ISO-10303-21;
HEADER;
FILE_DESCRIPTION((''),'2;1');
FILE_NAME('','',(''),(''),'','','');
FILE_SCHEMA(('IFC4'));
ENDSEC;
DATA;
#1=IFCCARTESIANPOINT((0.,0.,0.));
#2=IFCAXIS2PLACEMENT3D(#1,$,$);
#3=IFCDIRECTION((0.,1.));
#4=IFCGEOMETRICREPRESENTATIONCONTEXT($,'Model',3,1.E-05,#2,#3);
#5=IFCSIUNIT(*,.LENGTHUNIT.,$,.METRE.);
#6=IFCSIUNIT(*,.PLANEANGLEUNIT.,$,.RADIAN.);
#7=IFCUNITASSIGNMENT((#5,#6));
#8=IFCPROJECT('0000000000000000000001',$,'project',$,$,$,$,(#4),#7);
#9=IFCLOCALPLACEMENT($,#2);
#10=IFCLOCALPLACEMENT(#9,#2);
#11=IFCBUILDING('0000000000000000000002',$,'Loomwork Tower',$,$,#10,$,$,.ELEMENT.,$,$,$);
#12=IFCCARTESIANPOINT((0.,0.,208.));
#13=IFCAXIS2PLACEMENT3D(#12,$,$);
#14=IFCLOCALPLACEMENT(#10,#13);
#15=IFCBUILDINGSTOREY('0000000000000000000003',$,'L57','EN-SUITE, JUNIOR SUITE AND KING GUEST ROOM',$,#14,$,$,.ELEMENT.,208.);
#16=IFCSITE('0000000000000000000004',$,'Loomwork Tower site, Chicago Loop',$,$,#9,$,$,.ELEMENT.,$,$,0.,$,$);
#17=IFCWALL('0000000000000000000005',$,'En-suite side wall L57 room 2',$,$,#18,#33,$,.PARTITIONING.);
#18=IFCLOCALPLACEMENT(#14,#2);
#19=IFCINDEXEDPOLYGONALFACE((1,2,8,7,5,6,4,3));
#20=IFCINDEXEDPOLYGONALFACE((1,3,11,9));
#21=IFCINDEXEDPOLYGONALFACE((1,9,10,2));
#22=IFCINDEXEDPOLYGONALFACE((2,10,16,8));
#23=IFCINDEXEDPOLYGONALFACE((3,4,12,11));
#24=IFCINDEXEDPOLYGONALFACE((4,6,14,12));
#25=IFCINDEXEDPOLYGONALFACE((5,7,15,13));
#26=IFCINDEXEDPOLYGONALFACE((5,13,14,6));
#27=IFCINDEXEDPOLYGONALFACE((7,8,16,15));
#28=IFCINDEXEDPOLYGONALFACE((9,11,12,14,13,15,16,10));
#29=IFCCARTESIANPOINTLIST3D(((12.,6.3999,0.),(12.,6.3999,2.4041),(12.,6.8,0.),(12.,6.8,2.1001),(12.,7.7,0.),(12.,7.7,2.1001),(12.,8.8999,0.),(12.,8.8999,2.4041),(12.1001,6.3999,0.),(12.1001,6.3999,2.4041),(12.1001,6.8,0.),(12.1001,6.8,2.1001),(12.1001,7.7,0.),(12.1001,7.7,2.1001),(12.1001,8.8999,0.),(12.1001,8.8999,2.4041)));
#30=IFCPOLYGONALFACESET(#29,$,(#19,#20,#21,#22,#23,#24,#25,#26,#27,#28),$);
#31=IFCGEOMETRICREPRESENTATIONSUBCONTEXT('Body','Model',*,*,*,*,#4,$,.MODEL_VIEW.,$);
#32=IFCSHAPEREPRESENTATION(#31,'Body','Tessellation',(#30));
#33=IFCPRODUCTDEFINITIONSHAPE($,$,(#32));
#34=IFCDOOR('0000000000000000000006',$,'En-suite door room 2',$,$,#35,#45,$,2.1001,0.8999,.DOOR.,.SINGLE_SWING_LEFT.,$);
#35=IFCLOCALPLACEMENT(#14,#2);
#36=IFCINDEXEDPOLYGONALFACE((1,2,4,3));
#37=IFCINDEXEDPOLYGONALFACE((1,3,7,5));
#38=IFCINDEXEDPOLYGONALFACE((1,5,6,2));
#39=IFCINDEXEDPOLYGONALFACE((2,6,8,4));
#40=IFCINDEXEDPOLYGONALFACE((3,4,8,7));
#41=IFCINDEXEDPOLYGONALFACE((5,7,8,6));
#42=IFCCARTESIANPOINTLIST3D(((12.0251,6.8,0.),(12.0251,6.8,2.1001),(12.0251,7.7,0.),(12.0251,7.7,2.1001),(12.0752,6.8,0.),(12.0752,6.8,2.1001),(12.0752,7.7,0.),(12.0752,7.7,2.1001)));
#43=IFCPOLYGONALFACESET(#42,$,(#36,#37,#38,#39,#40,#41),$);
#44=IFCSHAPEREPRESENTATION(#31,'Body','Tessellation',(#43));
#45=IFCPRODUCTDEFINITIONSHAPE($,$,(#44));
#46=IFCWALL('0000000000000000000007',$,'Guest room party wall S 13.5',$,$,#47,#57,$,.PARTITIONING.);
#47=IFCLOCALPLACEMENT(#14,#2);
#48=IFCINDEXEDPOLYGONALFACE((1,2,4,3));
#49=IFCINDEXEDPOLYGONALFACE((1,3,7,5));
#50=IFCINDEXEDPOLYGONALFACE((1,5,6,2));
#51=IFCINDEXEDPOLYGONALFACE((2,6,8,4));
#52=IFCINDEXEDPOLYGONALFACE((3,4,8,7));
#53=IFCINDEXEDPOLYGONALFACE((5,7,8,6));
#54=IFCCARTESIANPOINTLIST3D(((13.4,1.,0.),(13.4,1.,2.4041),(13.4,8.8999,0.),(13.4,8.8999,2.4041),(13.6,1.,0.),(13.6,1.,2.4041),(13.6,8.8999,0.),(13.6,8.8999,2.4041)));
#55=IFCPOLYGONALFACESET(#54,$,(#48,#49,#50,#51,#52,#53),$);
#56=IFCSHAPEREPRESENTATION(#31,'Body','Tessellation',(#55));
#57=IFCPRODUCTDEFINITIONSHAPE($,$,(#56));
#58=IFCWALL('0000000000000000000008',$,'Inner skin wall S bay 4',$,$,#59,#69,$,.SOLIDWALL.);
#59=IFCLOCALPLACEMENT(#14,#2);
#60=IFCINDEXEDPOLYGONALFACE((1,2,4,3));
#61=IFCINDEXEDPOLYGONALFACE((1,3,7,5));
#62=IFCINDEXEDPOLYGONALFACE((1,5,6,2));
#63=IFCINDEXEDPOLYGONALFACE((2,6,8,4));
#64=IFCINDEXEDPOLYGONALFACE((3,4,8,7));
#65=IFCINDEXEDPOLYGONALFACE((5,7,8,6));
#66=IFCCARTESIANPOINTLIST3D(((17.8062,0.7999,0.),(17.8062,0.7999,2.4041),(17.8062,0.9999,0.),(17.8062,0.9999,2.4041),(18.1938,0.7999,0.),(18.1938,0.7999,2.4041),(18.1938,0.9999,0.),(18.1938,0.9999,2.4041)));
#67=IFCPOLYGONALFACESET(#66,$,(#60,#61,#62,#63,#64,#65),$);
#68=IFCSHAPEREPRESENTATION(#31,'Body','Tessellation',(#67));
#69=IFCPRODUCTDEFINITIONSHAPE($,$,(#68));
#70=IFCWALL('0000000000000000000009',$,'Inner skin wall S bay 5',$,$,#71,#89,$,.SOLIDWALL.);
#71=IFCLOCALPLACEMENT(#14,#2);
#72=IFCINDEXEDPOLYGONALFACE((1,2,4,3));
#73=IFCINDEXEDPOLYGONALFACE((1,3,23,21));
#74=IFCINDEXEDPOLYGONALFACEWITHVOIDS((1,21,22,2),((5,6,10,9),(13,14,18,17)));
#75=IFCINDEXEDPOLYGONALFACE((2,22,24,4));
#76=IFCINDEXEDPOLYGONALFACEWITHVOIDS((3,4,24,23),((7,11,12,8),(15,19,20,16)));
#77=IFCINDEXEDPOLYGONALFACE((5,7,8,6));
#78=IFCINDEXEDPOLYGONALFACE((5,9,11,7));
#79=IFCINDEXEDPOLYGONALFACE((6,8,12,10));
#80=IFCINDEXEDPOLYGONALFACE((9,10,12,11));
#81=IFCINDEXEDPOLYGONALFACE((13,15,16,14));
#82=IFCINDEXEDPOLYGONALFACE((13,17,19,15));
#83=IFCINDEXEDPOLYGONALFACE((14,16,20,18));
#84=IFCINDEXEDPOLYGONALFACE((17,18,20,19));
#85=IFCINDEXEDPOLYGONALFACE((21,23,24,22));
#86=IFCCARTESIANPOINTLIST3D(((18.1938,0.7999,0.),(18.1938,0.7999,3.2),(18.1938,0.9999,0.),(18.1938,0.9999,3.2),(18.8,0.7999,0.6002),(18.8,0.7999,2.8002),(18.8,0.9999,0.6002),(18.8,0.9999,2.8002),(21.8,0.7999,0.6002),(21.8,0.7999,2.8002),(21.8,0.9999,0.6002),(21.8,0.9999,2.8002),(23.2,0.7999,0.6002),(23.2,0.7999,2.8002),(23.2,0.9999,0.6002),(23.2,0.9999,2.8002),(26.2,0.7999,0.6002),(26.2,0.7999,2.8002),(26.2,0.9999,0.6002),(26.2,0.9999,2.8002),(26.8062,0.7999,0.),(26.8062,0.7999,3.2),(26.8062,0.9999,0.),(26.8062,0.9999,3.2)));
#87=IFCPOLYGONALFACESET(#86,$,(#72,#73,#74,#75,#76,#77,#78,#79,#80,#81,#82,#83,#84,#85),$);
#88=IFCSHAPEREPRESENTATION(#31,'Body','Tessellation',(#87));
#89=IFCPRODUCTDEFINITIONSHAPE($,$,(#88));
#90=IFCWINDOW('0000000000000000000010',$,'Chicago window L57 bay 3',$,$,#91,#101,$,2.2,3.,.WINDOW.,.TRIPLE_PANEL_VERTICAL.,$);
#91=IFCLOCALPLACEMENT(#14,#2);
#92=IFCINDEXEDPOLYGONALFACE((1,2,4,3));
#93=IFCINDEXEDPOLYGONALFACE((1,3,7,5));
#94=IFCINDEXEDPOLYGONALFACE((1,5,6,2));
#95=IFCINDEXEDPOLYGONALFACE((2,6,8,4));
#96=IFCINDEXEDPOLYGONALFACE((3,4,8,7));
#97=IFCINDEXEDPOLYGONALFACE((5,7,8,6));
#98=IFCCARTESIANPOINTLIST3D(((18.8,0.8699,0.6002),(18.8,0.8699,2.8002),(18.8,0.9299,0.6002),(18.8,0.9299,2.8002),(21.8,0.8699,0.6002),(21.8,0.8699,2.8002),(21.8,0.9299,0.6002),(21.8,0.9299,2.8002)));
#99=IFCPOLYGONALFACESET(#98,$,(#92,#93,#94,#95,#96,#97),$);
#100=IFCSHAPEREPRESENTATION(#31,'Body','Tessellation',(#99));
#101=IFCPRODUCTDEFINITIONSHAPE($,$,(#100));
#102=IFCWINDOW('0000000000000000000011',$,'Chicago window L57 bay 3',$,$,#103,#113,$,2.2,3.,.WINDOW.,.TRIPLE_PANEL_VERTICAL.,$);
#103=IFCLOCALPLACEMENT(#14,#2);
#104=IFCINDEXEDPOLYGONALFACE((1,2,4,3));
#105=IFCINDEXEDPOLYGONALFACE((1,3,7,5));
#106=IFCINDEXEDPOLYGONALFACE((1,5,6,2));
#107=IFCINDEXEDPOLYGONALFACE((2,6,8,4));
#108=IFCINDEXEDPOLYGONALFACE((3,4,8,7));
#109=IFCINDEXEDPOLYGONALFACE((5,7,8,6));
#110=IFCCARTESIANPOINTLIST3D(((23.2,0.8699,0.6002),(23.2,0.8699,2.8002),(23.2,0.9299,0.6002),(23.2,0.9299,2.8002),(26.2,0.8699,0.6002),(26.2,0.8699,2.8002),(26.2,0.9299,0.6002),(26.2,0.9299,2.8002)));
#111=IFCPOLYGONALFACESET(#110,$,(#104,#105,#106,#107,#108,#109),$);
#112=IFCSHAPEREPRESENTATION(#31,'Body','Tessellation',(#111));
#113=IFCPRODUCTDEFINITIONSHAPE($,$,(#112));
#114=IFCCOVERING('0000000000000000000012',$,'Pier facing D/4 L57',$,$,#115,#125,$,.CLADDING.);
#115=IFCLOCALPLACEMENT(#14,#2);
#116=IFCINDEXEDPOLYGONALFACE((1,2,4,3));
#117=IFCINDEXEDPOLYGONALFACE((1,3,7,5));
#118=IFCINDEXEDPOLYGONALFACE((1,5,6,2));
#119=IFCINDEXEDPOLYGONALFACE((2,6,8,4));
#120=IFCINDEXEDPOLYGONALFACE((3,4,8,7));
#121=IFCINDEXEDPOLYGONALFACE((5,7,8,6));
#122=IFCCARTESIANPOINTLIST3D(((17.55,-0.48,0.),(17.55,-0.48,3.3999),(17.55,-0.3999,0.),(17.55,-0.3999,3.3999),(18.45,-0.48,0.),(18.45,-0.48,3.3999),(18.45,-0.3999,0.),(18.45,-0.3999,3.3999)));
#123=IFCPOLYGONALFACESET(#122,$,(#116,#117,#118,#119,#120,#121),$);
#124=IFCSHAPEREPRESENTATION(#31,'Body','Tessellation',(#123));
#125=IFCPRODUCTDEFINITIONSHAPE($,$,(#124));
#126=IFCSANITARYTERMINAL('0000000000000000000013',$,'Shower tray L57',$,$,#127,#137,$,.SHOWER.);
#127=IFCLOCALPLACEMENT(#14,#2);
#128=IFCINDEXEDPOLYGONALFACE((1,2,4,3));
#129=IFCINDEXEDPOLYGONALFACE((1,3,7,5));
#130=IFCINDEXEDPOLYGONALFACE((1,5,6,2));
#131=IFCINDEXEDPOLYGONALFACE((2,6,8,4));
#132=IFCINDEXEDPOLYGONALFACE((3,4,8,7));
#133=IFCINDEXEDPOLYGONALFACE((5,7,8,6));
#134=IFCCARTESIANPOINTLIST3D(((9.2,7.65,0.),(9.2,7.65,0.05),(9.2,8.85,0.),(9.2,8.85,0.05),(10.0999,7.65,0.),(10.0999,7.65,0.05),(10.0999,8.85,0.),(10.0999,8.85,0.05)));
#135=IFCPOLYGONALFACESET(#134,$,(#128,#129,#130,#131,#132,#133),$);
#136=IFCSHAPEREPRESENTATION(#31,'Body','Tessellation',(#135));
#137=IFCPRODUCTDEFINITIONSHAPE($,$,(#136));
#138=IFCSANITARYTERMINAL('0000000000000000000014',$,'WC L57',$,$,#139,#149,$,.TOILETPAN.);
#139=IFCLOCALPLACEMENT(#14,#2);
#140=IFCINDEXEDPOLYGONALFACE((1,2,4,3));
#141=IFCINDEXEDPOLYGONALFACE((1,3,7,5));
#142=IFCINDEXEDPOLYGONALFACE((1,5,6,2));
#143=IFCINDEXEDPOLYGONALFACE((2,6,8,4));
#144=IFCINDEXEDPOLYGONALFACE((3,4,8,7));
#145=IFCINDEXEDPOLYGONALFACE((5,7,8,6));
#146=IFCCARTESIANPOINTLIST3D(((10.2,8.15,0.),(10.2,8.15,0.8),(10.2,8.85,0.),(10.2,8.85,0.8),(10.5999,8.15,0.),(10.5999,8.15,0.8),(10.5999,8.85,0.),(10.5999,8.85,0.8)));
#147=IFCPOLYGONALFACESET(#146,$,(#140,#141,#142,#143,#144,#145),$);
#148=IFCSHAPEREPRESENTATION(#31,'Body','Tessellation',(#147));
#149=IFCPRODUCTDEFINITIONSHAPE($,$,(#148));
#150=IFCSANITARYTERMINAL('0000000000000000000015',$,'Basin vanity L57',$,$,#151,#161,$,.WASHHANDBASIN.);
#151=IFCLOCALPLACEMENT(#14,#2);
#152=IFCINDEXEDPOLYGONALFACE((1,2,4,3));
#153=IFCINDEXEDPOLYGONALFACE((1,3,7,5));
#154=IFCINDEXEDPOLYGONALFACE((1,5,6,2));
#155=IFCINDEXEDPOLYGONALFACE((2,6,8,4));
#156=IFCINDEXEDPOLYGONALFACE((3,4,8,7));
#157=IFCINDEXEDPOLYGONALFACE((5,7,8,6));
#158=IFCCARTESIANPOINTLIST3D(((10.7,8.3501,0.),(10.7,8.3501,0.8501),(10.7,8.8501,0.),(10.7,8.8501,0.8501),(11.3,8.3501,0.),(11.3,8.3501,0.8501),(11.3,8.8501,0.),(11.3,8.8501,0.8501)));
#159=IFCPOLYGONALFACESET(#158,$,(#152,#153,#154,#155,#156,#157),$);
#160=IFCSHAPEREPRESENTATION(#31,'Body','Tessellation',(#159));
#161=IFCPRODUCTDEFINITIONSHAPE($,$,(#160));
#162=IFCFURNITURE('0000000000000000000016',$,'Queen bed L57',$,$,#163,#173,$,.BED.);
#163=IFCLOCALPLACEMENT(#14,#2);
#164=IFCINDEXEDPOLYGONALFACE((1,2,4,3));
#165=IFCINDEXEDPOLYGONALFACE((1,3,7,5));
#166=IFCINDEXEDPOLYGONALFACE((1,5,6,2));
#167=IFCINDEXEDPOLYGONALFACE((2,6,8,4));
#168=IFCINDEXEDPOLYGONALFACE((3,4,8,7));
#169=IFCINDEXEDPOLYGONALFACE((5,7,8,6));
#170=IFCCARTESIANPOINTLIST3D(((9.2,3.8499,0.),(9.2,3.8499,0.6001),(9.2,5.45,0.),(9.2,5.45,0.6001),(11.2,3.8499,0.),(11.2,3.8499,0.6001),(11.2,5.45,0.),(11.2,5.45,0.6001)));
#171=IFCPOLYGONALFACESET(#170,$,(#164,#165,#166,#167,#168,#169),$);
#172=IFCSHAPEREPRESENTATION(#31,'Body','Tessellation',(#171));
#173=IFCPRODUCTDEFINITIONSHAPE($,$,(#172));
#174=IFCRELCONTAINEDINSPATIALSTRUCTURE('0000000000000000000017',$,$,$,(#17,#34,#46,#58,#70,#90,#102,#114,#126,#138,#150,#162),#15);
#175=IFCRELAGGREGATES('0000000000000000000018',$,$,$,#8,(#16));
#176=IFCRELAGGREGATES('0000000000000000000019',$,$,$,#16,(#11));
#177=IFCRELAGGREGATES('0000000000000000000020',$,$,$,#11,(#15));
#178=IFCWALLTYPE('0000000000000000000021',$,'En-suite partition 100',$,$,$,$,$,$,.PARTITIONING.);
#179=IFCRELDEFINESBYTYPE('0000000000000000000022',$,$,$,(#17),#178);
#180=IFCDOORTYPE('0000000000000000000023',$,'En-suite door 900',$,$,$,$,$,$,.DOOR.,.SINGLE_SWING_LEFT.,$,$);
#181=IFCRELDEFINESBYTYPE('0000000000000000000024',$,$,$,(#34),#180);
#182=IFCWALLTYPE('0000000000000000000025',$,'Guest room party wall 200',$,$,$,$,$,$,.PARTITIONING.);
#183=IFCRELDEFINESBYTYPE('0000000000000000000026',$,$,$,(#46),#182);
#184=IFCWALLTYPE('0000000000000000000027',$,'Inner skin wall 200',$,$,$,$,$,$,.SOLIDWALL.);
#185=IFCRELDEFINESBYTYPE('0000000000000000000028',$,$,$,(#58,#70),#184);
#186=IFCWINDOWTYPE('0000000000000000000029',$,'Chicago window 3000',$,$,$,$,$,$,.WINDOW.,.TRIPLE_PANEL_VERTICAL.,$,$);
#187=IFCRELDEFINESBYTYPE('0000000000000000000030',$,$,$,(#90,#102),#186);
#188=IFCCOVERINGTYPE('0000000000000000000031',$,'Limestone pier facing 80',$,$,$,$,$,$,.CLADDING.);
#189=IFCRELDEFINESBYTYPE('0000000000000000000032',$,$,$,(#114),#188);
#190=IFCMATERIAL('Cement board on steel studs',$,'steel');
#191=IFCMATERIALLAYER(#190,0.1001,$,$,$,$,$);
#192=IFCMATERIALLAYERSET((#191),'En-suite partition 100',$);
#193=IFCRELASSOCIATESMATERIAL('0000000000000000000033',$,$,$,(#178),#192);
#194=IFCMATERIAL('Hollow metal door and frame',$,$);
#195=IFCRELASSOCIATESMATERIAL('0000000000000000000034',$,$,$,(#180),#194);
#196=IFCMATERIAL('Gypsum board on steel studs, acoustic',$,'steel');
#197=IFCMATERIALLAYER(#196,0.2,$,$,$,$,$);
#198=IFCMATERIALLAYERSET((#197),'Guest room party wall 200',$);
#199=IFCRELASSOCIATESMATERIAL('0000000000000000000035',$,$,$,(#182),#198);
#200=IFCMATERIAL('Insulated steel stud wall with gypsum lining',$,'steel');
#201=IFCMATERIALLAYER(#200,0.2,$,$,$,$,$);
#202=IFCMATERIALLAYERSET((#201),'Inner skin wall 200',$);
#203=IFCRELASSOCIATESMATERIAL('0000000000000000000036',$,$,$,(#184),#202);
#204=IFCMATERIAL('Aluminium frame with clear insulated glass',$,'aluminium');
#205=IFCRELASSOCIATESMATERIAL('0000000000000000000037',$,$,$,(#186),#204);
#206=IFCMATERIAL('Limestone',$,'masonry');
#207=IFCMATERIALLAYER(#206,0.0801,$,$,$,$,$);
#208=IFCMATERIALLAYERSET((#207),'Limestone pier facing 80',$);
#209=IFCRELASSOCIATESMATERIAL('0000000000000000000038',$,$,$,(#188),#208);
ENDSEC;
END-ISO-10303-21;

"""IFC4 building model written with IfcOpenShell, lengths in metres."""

from ifc_helpers import new_model, si_unit, direction, frame, frame_2d, origin, origin_2d, place, context, subcontext, project, spatial, rectangle, extrude, material, layer, layer_set, type_object, element, fill, save


model = new_model("IFC4")

# Units and contexts
model_context = context("Model", 3, precision=1e-05, world=origin(), true_north=direction((0.0, 1.0)))
body_context = subcontext(model_context, "Body", "Model", "MODEL_VIEW")
ifc_project = project(units=[si_unit("LENGTHUNIT", "METRE"), si_unit("PLANEANGLEUNIT", "RADIAN")], contexts=[model_context])

# Site, building, storey
site_placement = place(None, origin())
site = spatial("IfcSite", under=ifc_project, at=site_placement, Name="Loomwork Tower site, Chicago Loop", CompositionType="ELEMENT", RefElevation=0.0)
building_placement = place(site_placement, origin())
building = spatial("IfcBuilding", under=site, at=building_placement, Name="Loomwork Tower", CompositionType="ELEMENT")
storey_placement = place(building_placement, frame((0.0, 0.0, 208.0)))
storey = spatial("IfcBuildingStorey", under=building, at=storey_placement, Name="L57", Description="EN-SUITE, JUNIOR SUITE AND KING GUEST ROOM", CompositionType="ELEMENT", Elevation=208.0)

# Wall, opening, door
ifc_material_1 = material(Name="Cement board on steel studs", Category="steel")
ifc_layer_1 = layer(ifc_material_1, 0.1001)
ifc_layer_set_1 = layer_set([ifc_layer_1], Name="En-suite partition 100")
wall_type_1 = type_object("IfcWallType", Name="En-suite partition 100", PredefinedType="PARTITIONING", material=ifc_layer_set_1)
wall_1_placement = place(storey_placement, frame((12.05, 8.8999, 0.0), z_axis=(0.0, 0.0, 1.0), x_axis=(0.0, -1.0, 0.0)))
wall_1 = element("IfcWall", 1, at=wall_1_placement, inside=storey, type_object=wall_type_1, Name="En-suite side wall L57 room 2", PredefinedType="PARTITIONING", context=body_context, shape_type="SweptSolid", body=[
    extrude(rectangle(XDim=2.5, YDim=0.1001, at=frame_2d((1.25, 0.0))), origin(), (0.0, 0.0, 1.0), 2.4041),
])
opening_1_placement = place(wall_1_placement, frame((1.2, 0.0, 0.0)))
opening_1 = element("IfcOpeningElement", 2, at=opening_1_placement, cuts=wall_1, PredefinedType="OPENING", context=body_context, shape_type="SweptSolid", body=[
    extrude(rectangle(XDim=0.8999, YDim=2.1001, at=frame_2d((0.45, 1.05))), frame((0.0, 0.0601, 0.0), z_axis=(0.0, -1.0, 0.0), x_axis=(1.0, 0.0, 0.0)), (0.0, 0.0, 1.0), 0.1201),
])
ifc_material_2 = material(Name="Hollow metal door and frame")
door_type = type_object("IfcDoorType", Name="En-suite door 900", OperationType="SINGLE_SWING_LEFT", PredefinedType="DOOR", material=ifc_material_2)
door_placement = place(opening_1_placement, frame((0.8999, 0.0, 0.0), z_axis=(0.0, 0.0, 1.0), x_axis=(-1.0, 0.0, 0.0)))
door = element("IfcDoor", 3, at=door_placement, inside=storey, type_object=door_type, Name="En-suite door room 2", OperationType="SINGLE_SWING_LEFT", OverallHeight=2.1001, OverallWidth=0.8999, PredefinedType="DOOR", context=body_context, shape_type="SweptSolid", body=[
    extrude(rectangle(XDim=0.8999, YDim=2.1001, at=frame_2d((0.45, 1.05))), frame((0.0, 0.0249, 0.0), z_axis=(0.0, -1.0, 0.0), x_axis=(1.0, 0.0, 0.0)), (0.0, 0.0, 1.0), 0.05),
])
fill(opening_1, door)

# Walls
ifc_material_3 = material(Name="Gypsum board on steel studs, acoustic", Category="steel")
ifc_layer_2 = layer(ifc_material_3, 0.2)
ifc_layer_set_2 = layer_set([ifc_layer_2], Name="Guest room party wall 200")
wall_type_2 = type_object("IfcWallType", Name="Guest room party wall 200", PredefinedType="PARTITIONING", material=ifc_layer_set_2)
wall_2_placement = place(storey_placement, frame((13.5, 8.8999, 0.0), z_axis=(0.0, 0.0, 1.0), x_axis=(0.0, -1.0, 0.0)))
element("IfcWall", 4, at=wall_2_placement, inside=storey, type_object=wall_type_2, Name="Guest room party wall S 13.5", PredefinedType="PARTITIONING", context=body_context, shape_type="SweptSolid", body=[
    extrude(rectangle(XDim=7.8999, YDim=0.2, at=frame_2d((3.95, 0.0))), origin(), (0.0, 0.0, 1.0), 2.4041),
])
ifc_material_4 = material(Name="Insulated steel stud wall with gypsum lining", Category="steel")
ifc_layer_3 = layer(ifc_material_4, 0.2)
ifc_layer_set_3 = layer_set([ifc_layer_3], Name="Inner skin wall 200")
wall_type_3 = type_object("IfcWallType", Name="Inner skin wall 200", PredefinedType="SOLIDWALL", material=ifc_layer_set_3)
wall_3_placement = place(storey_placement, frame((17.8062, 0.8999, 0.0), z_axis=(0.0, 0.0, 1.0), x_axis=(1.0, 0.0, 0.0)))
element("IfcWall", 5, at=wall_3_placement, inside=storey, type_object=wall_type_3, Name="Inner skin wall S bay 4", PredefinedType="SOLIDWALL", context=body_context, shape_type="SweptSolid", body=[
    extrude(rectangle(XDim=0.3877, YDim=0.2, at=frame_2d((0.1938, 0.0))), origin(), (0.0, 0.0, 1.0), 2.4041),
])

# Wall, openings, windows
wall_4_placement = place(storey_placement, frame((18.1938, 0.8999, 0.0), z_axis=(0.0, 0.0, 1.0), x_axis=(1.0, 0.0, 0.0)))
wall_4 = element("IfcWall", 6, at=wall_4_placement, inside=storey, type_object=wall_type_3, Name="Inner skin wall S bay 5", PredefinedType="SOLIDWALL", context=body_context, shape_type="SweptSolid", body=[
    extrude(rectangle(XDim=8.6123, YDim=0.2, at=frame_2d((4.3062, 0.0))), origin(), (0.0, 0.0, 1.0), 3.2),
])
opening_2_placement = place(wall_4_placement, frame((0.6062, 0.0, 0.6001)))
opening_2 = element("IfcOpeningElement", 7, at=opening_2_placement, cuts=wall_4, PredefinedType="OPENING", context=body_context, shape_type="SweptSolid", body=[
    extrude(rectangle(XDim=3.0, YDim=2.2, at=frame_2d((1.5, 1.1001))), frame((0.0, 0.1099, 0.0), z_axis=(0.0, -1.0, 0.0), x_axis=(1.0, 0.0, 0.0)), (0.0, 0.0, 1.0), 0.22),
])
opening_3_placement = place(wall_4_placement, frame((5.0061, 0.0, 0.6001)))
opening_3 = element("IfcOpeningElement", 8, at=opening_3_placement, cuts=wall_4, PredefinedType="OPENING", context=body_context, shape_type="SweptSolid", body=[
    extrude(rectangle(XDim=3.0, YDim=2.2, at=frame_2d((1.5, 1.1001))), frame((0.0, 0.1099, 0.0), z_axis=(0.0, -1.0, 0.0), x_axis=(1.0, 0.0, 0.0)), (0.0, 0.0, 1.0), 0.22),
])
ifc_material_5 = material(Name="Aluminium frame with clear insulated glass", Category="aluminium")
window_type = type_object("IfcWindowType", Name="Chicago window 3000", PartitioningType="TRIPLE_PANEL_VERTICAL", PredefinedType="WINDOW", material=ifc_material_5)
window_1_placement = place(opening_2_placement, origin())
window_1 = element("IfcWindow", 9, at=window_1_placement, inside=storey, type_object=window_type, Name="Chicago window L57 bay 3", OverallHeight=2.2, OverallWidth=3.0, PartitioningType="TRIPLE_PANEL_VERTICAL", PredefinedType="WINDOW", context=body_context, shape_type="SweptSolid", body=[
    extrude(rectangle(XDim=3.0, YDim=2.2, at=frame_2d((1.5, 1.1001))), frame((0.0, 0.03, 0.0), z_axis=(0.0, -1.0, 0.0), x_axis=(1.0, 0.0, 0.0)), (0.0, 0.0, 1.0), 0.0601),
])
fill(opening_2, window_1)
window_2_placement = place(opening_3_placement, origin())
window_2 = element("IfcWindow", 10, at=window_2_placement, inside=storey, type_object=window_type, Name="Chicago window L57 bay 3", OverallHeight=2.2, OverallWidth=3.0, PartitioningType="TRIPLE_PANEL_VERTICAL", PredefinedType="WINDOW", context=body_context, shape_type="SweptSolid", body=[
    extrude(rectangle(XDim=3.0, YDim=2.2, at=frame_2d((1.5, 1.1001))), frame((0.0, 0.03, 0.0), z_axis=(0.0, -1.0, 0.0), x_axis=(1.0, 0.0, 0.0)), (0.0, 0.0, 1.0), 0.0601),
])
fill(opening_3, window_2)

# Covering
ifc_material_6 = material(Name="Limestone", Category="masonry")
ifc_layer_4 = layer(ifc_material_6, 0.0801)
ifc_layer_set_4 = layer_set([ifc_layer_4], Name="Limestone pier facing 80")
covering_type = type_object("IfcCoveringType", Name="Limestone pier facing 80", PredefinedType="CLADDING", material=ifc_layer_set_4)
covering_placement = place(storey_placement, frame((18.0, -0.4399, 0.0), z_axis=(0.0, 0.0, 1.0), x_axis=(1.0, 0.0, 0.0)))
element("IfcCovering", 11, at=covering_placement, inside=storey, type_object=covering_type, Name="Pier facing D/4 L57", PredefinedType="CLADDING", context=body_context, shape_type="SweptSolid", body=[
    extrude(rectangle(XDim=0.8999, YDim=0.0801, at=origin_2d()), origin(), (0.0, 0.0, 1.0), 3.3999),
])

# Sanitary terminals
sanitary_terminal_1_placement = place(storey_placement, frame((9.6499, 8.25, 0.0), z_axis=(0.0, 0.0, 1.0), x_axis=(1.0, 0.0, 0.0)))
element("IfcSanitaryTerminal", 12, at=sanitary_terminal_1_placement, inside=storey, Name="Shower tray L57", PredefinedType="SHOWER", context=body_context, shape_type="SweptSolid", body=[
    extrude(rectangle(XDim=0.8999, YDim=1.2, at=origin_2d()), origin(), (0.0, 0.0, 1.0), 0.05),
])
sanitary_terminal_2_placement = place(storey_placement, frame((10.3999, 8.5, 0.0), z_axis=(0.0, 0.0, 1.0), x_axis=(1.0, 0.0, 0.0)))
element("IfcSanitaryTerminal", 13, at=sanitary_terminal_2_placement, inside=storey, Name="WC L57", PredefinedType="TOILETPAN", context=body_context, shape_type="SweptSolid", body=[
    extrude(rectangle(XDim=0.3999, YDim=0.7, at=origin_2d()), origin(), (0.0, 0.0, 1.0), 0.8),
])
sanitary_terminal_3_placement = place(storey_placement, frame((11.0, 8.6001, 0.0), z_axis=(0.0, 0.0, 1.0), x_axis=(1.0, 0.0, 0.0)))
element("IfcSanitaryTerminal", 14, at=sanitary_terminal_3_placement, inside=storey, Name="Basin vanity L57", PredefinedType="WASHHANDBASIN", context=body_context, shape_type="SweptSolid", body=[
    extrude(rectangle(XDim=0.6001, YDim=0.5, at=origin_2d()), origin(), (0.0, 0.0, 1.0), 0.8501),
])

# Furniture
for number, where, z_axis, x_axis, name in (
    (15, (10.2, 4.6499, 0.0), (0.0, 0.0, 1.0), (1.0, 0.0, 0.0), "Queen bed L57"),
):
    element("IfcFurniture", number, at=place(storey_placement, frame(where, z_axis=z_axis, x_axis=x_axis)), inside=storey, Name=name, PredefinedType="BED", context=body_context, shape_type="SweptSolid", body=[
        extrude(rectangle(XDim=2.0, YDim=1.6001, at=origin_2d()), origin(), (0.0, 0.0, 1.0), 0.6001),
    ])

save(model, "model.ifc")
